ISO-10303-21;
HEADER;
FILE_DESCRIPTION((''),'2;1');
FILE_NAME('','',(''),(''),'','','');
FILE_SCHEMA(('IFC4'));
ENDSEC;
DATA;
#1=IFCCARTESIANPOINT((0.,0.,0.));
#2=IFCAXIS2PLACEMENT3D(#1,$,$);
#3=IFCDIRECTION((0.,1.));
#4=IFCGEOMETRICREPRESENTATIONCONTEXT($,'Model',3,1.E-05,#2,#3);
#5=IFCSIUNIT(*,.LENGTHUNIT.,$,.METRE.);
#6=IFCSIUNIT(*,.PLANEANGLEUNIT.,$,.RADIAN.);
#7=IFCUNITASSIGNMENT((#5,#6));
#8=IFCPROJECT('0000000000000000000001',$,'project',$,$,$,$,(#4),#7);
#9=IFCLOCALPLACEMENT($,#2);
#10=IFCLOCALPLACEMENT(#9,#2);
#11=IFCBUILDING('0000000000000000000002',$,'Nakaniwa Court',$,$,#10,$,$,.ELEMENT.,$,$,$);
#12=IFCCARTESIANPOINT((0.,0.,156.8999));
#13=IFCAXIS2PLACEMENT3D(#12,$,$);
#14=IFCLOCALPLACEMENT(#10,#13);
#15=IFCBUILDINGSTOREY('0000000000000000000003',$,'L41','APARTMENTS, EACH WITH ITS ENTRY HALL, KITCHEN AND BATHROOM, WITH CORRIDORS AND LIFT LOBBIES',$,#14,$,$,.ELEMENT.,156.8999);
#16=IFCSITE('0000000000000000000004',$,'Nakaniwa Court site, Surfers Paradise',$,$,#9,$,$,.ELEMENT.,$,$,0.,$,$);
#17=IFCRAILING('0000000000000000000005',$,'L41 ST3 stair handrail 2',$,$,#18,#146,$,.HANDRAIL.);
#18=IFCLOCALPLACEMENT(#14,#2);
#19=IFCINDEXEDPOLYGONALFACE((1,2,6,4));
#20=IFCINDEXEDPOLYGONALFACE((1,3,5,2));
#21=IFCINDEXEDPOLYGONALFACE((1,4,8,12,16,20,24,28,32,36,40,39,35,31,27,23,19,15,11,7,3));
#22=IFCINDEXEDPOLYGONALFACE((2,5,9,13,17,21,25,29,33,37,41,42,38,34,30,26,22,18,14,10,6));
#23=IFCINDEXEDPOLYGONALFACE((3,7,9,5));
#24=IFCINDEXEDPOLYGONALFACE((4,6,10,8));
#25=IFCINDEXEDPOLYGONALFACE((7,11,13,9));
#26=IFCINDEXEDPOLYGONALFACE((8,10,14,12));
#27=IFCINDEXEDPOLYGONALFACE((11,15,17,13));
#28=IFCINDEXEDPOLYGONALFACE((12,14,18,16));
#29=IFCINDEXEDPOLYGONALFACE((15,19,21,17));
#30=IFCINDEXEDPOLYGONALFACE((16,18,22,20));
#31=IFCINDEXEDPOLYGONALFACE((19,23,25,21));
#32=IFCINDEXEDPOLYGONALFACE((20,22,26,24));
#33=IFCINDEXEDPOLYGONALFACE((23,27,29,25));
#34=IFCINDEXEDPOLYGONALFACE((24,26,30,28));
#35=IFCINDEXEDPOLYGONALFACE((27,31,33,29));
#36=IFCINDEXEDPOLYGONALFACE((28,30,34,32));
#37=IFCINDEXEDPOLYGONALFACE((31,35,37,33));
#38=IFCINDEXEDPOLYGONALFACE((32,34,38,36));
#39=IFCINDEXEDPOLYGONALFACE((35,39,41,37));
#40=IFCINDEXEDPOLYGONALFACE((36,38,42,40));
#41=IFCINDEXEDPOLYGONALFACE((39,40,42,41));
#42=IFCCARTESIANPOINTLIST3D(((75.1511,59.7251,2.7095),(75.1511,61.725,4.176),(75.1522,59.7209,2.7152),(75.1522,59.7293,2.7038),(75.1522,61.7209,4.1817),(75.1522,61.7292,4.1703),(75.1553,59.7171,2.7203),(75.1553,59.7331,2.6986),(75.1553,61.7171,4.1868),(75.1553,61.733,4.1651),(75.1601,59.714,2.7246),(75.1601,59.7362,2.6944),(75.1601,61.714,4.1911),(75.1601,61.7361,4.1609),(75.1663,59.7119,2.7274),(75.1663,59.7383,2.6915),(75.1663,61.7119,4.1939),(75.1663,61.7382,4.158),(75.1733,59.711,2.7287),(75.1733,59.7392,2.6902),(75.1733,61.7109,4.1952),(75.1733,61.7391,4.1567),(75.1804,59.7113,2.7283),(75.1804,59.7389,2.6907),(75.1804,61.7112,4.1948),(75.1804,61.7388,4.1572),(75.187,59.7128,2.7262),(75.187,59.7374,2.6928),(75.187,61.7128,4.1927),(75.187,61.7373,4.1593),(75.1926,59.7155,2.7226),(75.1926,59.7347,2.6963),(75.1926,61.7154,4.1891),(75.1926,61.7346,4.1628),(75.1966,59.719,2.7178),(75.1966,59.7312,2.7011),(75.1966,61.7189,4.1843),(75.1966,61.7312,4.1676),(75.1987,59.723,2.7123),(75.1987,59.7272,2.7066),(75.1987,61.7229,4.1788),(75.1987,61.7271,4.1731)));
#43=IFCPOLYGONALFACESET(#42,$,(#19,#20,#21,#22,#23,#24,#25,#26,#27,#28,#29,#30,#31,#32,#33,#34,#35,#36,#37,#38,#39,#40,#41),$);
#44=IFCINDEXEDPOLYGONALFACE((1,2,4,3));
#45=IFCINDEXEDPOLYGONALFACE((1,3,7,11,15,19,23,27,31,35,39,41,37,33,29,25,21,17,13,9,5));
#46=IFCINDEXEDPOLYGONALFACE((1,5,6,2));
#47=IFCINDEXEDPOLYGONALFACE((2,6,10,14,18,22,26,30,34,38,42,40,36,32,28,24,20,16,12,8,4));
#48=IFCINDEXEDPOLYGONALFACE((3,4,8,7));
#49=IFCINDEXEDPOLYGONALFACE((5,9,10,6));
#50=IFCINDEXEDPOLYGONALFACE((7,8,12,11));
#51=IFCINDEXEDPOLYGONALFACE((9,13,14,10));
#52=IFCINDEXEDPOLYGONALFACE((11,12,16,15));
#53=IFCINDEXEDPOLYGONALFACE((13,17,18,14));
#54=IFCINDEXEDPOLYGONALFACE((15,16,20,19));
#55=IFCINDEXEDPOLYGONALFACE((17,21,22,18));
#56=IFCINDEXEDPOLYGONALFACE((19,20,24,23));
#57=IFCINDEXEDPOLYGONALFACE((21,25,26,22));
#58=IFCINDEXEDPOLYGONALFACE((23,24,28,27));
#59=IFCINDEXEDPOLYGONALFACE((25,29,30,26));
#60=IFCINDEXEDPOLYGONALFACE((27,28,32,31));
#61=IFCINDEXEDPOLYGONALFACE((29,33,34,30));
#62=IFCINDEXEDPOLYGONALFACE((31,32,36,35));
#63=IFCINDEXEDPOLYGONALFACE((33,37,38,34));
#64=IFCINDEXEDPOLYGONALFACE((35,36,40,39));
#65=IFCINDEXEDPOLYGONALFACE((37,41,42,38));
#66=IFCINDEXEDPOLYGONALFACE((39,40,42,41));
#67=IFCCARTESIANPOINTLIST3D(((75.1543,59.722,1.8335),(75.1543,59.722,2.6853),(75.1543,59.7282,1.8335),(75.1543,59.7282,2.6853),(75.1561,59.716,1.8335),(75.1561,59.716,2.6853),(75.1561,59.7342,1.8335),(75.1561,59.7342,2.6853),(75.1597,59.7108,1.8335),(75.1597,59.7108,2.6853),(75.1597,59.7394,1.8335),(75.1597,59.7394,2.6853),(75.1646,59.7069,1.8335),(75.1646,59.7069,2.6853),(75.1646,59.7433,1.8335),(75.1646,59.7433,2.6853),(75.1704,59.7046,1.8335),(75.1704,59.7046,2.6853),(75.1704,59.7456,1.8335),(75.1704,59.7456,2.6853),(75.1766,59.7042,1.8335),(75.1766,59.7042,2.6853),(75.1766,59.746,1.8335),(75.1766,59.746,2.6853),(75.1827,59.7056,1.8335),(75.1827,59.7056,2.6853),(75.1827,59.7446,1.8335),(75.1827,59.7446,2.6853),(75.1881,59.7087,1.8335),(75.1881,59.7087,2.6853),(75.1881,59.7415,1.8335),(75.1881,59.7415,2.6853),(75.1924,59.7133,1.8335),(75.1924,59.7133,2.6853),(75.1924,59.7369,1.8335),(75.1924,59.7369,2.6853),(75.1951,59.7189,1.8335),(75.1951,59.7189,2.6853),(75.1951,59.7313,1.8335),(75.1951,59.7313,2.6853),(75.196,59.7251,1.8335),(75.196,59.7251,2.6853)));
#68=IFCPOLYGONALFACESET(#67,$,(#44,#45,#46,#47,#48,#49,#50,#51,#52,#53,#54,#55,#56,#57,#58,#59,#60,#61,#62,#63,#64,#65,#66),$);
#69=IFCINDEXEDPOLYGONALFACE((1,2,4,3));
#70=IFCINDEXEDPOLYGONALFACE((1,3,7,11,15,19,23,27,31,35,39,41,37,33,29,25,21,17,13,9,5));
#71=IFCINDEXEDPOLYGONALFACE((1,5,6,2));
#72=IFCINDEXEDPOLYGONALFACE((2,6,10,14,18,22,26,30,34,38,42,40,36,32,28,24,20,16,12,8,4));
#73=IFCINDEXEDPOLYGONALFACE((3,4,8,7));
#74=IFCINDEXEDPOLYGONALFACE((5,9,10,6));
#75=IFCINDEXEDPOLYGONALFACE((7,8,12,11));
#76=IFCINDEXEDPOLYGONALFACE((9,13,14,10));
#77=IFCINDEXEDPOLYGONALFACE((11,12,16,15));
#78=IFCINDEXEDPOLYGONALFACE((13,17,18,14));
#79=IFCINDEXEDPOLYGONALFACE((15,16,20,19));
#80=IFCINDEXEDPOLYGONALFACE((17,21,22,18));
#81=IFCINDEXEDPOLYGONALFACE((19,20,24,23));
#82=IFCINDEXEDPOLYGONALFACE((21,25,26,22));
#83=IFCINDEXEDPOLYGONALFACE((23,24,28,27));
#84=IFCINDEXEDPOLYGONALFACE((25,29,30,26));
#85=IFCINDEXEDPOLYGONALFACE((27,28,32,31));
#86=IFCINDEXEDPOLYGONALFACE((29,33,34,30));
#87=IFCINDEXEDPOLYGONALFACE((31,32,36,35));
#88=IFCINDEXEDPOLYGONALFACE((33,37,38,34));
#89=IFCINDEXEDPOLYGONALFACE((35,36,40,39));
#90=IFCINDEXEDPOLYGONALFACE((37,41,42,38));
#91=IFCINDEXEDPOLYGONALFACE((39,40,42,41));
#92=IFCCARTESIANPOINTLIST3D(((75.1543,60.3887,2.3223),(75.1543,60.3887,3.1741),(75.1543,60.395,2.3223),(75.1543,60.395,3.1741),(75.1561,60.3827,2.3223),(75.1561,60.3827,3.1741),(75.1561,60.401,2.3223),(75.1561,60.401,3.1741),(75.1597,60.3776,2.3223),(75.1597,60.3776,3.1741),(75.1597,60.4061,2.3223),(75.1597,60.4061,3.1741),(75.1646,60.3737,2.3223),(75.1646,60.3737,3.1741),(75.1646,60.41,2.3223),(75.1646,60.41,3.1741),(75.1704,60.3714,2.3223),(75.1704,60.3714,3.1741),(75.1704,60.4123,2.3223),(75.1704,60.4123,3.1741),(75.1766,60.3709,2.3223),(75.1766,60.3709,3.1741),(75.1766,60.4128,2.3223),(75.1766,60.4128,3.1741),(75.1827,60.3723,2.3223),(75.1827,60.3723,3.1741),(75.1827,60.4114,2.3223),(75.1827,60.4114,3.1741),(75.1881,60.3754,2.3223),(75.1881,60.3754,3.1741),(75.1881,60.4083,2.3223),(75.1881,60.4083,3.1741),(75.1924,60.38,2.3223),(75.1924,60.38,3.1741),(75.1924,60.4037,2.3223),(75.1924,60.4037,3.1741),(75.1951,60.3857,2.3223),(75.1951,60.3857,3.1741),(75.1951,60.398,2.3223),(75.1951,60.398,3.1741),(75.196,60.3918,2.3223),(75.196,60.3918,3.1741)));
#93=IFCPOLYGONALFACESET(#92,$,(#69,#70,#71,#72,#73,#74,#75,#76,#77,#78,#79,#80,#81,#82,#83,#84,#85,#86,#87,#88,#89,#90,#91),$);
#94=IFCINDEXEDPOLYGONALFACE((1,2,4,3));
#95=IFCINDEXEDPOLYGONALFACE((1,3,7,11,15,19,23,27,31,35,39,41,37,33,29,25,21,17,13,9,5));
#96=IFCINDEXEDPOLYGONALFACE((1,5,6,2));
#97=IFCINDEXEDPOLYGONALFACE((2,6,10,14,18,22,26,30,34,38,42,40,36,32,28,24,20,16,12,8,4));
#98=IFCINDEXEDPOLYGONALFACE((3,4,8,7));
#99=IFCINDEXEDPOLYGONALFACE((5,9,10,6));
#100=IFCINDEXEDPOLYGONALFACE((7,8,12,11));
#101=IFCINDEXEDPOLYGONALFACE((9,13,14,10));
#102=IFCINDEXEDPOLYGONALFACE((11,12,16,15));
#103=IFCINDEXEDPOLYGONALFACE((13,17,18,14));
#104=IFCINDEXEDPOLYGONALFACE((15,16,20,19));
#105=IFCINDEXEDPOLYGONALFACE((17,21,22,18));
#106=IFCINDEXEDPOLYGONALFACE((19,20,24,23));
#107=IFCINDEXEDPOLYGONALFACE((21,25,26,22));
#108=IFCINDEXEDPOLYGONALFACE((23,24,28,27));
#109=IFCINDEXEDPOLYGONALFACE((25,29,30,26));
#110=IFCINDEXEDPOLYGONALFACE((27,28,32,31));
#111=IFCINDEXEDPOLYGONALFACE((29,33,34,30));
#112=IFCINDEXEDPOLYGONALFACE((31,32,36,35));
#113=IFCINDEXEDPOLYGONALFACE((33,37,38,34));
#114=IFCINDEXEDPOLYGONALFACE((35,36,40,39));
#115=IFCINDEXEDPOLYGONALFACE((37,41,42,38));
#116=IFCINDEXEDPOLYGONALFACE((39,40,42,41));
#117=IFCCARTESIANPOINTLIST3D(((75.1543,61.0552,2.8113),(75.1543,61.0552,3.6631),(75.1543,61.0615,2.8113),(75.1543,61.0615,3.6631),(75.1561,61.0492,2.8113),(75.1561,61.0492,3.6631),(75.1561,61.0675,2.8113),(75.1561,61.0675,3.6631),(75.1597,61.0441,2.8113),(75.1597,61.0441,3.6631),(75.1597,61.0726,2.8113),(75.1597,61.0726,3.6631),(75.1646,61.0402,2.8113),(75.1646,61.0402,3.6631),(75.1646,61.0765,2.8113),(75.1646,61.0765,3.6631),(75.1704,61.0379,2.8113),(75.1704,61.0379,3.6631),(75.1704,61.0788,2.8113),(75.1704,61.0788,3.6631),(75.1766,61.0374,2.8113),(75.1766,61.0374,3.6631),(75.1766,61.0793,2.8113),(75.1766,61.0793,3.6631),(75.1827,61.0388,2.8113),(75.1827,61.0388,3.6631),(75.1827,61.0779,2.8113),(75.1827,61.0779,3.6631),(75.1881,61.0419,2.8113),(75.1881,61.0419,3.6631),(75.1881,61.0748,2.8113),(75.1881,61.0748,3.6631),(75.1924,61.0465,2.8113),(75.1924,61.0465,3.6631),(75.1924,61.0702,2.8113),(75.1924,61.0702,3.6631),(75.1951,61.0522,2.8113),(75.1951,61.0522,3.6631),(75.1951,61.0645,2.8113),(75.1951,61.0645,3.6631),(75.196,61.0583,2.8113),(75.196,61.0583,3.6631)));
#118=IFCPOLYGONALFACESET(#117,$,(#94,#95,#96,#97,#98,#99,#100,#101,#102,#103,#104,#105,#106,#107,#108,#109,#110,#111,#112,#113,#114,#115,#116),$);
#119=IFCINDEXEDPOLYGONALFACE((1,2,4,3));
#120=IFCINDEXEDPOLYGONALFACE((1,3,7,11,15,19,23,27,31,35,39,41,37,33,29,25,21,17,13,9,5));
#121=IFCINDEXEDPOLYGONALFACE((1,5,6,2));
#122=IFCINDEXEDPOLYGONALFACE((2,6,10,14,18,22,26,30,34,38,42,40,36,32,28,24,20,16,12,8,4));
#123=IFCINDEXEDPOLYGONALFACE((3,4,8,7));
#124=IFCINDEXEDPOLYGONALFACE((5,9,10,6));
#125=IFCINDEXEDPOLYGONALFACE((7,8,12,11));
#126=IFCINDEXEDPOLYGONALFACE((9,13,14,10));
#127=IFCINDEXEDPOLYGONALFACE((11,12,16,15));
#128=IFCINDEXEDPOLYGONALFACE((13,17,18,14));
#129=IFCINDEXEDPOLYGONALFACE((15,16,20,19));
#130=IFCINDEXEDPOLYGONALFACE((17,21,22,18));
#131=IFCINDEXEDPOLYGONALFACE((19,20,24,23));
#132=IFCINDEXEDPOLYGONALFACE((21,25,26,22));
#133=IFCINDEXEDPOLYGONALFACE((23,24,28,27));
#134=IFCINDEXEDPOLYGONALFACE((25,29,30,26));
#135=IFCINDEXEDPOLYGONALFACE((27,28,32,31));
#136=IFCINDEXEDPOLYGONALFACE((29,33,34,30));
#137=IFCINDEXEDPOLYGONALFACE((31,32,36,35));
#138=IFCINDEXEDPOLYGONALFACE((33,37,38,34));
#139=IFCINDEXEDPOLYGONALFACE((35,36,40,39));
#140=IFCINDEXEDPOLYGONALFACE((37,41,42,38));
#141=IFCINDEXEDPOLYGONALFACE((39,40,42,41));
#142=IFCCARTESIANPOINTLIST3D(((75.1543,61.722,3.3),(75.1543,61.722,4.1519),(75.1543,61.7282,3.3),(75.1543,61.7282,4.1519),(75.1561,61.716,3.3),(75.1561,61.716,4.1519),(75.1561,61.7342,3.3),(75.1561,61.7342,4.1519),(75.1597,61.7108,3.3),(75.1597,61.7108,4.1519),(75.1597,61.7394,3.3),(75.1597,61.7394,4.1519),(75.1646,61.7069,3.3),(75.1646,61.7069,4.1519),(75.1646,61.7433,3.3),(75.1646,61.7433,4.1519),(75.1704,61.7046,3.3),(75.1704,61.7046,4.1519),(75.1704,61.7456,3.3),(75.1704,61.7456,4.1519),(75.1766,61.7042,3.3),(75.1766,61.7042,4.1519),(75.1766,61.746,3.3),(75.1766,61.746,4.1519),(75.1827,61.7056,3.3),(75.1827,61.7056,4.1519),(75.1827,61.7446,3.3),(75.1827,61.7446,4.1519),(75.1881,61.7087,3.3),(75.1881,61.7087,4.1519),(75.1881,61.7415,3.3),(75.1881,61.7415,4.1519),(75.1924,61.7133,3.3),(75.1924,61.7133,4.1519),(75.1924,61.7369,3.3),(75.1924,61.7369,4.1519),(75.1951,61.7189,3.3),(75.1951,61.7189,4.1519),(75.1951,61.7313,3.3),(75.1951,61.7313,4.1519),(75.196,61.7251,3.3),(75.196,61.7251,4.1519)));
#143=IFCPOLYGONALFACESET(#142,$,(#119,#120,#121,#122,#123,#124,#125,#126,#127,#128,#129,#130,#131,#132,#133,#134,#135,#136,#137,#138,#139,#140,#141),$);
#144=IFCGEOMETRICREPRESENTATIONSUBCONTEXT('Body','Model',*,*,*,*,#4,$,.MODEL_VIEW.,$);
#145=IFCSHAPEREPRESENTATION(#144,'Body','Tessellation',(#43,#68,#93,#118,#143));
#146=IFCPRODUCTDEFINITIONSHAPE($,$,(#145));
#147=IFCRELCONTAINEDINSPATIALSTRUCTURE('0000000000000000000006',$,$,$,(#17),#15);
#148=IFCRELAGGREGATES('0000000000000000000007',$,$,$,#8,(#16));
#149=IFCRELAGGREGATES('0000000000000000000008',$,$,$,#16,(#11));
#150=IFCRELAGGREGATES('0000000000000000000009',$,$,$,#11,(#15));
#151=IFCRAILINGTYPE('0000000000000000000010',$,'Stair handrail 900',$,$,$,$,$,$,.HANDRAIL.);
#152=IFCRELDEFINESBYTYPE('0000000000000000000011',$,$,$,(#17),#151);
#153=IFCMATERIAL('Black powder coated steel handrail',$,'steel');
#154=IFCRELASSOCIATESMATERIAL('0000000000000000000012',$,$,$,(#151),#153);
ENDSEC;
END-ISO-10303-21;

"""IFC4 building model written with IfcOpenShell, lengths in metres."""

from ifc_helpers import new_model, si_unit, direction, frame, origin, origin_2d, place, context, subcontext, project, spatial, circle, extrude, material, type_object, element, save


model = new_model("IFC4")

# Units and contexts
model_context = context("Model", 3, precision=1e-05, world=origin(), true_north=direction((0.0, 1.0)))
body_context = subcontext(model_context, "Body", "Model", "MODEL_VIEW")
ifc_project = project(units=[si_unit("LENGTHUNIT", "METRE"), si_unit("PLANEANGLEUNIT", "RADIAN")], contexts=[model_context])

# Site, building, storey
site_placement = place(None, origin())
site = spatial("IfcSite", under=ifc_project, at=site_placement, Name="Nakaniwa Court site, Surfers Paradise", CompositionType="ELEMENT", RefElevation=0.0)
building_placement = place(site_placement, origin())
building = spatial("IfcBuilding", under=site, at=building_placement, Name="Nakaniwa Court", CompositionType="ELEMENT")
storey_placement = place(building_placement, frame((0.0, 0.0, 156.8999)))
storey = spatial("IfcBuildingStorey", under=building, at=storey_placement, Name="L41", Description="APARTMENTS, EACH WITH ITS ENTRY HALL, KITCHEN AND BATHROOM, WITH CORRIDORS AND LIFT LOBBIES", CompositionType="ELEMENT", Elevation=156.8999)

# Railing
ifc_material_1 = material(Name="Black powder coated steel handrail", Category="steel")
railing_type_1 = type_object("IfcRailingType", Name="Stair handrail 900", PredefinedType="HANDRAIL", material=ifc_material_1)
railing_1_placement = place(storey_placement, frame((75.175, 59.7251, 1.8335)))
element("IfcRailing", 1, at=railing_1_placement, inside=storey, type_object=railing_type_1, Name="L41 ST3 stair handrail 2", PredefinedType="HANDRAIL", context=body_context, shape_type="SweptSolid", body=[
    extrude(circle(Radius=0.0239, at=origin_2d()), frame((0.0, 0.0, 0.876), z_axis=(0.0, 0.806427, 0.591334), x_axis=(-1.0, 0.0, 0.0)), (0.0, 0.0, 1.0), 2.48),
    extrude(circle(Radius=0.021, at=origin_2d()), origin(), (0.0, 0.0, 1.0), 0.8518),
    extrude(circle(Radius=0.021, at=origin_2d()), frame((0.0, 0.6667, 0.4888)), (0.0, 0.0, 1.0), 0.8518),
    extrude(circle(Radius=0.021, at=origin_2d()), frame((0.0, 1.3333, 0.9778)), (0.0, 0.0, 1.0), 0.8518),
    extrude(circle(Radius=0.021, at=origin_2d()), frame((0.0, 2.0, 1.4666)), (0.0, 0.0, 1.0), 0.8518),
])

save(model, "model.ifc")
